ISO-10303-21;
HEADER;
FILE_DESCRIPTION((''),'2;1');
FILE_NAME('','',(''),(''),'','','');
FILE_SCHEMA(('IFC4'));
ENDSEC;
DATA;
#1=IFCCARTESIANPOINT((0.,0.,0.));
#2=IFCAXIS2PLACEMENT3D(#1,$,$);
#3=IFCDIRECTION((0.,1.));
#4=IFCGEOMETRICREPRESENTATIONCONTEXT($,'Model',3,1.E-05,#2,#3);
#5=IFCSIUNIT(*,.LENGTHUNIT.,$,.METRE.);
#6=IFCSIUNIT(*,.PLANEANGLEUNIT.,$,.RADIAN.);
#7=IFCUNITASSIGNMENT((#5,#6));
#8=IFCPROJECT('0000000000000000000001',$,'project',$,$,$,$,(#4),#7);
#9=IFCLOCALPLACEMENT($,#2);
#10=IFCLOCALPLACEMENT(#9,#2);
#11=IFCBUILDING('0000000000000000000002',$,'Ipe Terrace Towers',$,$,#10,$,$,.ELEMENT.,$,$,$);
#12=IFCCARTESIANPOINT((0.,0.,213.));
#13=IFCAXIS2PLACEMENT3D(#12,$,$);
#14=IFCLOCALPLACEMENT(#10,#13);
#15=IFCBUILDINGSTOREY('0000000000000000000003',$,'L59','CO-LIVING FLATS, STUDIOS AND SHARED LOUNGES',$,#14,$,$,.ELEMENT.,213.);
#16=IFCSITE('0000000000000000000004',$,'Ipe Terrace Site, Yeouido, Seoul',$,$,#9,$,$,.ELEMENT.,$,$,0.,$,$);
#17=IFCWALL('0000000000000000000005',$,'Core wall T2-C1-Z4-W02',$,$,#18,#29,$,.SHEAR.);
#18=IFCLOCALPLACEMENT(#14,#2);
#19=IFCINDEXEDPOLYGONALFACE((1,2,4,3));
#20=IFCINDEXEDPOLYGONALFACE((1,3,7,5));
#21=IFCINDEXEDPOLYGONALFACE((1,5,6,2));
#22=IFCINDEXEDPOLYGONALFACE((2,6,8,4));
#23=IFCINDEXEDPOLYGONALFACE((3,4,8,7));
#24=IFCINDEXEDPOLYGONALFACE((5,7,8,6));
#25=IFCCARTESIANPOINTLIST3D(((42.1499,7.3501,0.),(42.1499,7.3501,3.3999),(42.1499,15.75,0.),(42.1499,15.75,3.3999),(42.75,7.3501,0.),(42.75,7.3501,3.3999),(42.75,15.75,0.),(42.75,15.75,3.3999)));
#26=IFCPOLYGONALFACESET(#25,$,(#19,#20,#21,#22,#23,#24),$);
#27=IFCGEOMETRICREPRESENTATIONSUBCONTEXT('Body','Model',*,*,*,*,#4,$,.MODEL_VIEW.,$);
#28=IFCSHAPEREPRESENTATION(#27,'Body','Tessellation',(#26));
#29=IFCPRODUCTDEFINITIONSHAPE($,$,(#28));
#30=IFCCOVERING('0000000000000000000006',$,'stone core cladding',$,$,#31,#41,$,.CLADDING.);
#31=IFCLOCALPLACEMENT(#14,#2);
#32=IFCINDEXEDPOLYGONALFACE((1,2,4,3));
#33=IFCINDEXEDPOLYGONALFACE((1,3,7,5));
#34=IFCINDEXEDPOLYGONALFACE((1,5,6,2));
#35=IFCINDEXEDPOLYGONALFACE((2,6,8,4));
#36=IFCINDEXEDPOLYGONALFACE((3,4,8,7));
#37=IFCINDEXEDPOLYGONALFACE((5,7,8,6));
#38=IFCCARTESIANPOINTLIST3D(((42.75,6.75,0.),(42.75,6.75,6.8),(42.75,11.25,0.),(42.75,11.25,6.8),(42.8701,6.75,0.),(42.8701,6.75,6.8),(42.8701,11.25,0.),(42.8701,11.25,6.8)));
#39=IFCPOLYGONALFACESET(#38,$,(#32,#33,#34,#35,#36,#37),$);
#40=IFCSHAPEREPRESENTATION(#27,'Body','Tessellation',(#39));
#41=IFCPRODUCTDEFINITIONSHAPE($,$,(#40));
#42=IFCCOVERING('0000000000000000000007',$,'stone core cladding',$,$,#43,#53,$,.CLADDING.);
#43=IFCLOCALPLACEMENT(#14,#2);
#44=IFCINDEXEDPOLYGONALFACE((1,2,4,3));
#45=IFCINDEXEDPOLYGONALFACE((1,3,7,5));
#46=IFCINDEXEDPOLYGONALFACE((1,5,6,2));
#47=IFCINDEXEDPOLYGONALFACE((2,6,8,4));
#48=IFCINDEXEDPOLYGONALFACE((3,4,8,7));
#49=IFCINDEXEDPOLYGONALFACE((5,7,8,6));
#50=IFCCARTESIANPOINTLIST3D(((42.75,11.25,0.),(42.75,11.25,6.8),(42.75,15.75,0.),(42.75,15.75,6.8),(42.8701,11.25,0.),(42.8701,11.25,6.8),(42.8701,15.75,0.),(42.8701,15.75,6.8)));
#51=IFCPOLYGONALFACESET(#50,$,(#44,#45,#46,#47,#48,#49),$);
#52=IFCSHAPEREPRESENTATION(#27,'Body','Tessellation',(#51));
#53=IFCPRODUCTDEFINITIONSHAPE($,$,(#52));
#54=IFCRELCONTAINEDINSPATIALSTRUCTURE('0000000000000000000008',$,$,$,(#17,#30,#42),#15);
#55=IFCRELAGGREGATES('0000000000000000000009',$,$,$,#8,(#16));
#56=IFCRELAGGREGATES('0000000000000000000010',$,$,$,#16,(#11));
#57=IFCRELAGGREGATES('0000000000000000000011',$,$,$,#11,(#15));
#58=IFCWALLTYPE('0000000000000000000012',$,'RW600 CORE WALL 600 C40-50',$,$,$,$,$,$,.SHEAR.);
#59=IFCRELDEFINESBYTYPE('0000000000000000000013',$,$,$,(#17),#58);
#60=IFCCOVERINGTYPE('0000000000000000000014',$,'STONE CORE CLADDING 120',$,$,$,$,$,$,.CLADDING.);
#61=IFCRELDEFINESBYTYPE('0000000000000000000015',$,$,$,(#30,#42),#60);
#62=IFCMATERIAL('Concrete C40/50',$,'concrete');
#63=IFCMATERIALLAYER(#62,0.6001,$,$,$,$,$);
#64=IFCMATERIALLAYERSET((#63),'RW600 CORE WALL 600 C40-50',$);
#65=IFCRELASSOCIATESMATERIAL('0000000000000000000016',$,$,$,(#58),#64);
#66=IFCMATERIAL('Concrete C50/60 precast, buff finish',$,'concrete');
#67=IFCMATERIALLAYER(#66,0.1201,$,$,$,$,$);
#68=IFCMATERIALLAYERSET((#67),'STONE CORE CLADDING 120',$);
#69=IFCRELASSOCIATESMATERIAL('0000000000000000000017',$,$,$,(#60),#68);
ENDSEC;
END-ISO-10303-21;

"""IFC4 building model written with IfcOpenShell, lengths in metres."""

from ifc_helpers import new_model, si_unit, direction, frame, frame_2d, origin, origin_2d, place, context, subcontext, project, spatial, rectangle, extrude, material, layer, layer_set, type_object, element, save


model = new_model("IFC4")

# Units and contexts
model_context = context("Model", 3, precision=1e-05, world=origin(), true_north=direction((0.0, 1.0)))
body_context = subcontext(model_context, "Body", "Model", "MODEL_VIEW")
ifc_project = project(units=[si_unit("LENGTHUNIT", "METRE"), si_unit("PLANEANGLEUNIT", "RADIAN")], contexts=[model_context])

# Site, building, storey
site_placement = place(None, origin())
site = spatial("IfcSite", under=ifc_project, at=site_placement, Name="Ipe Terrace Site, Yeouido, Seoul", CompositionType="ELEMENT", RefElevation=0.0)
building_placement = place(site_placement, origin())
building = spatial("IfcBuilding", under=site, at=building_placement, Name="Ipe Terrace Towers", CompositionType="ELEMENT")
storey_placement = place(building_placement, frame((0.0, 0.0, 213.0)))
storey = spatial("IfcBuildingStorey", under=building, at=storey_placement, Name="L59", Description="CO-LIVING FLATS, STUDIOS AND SHARED LOUNGES", CompositionType="ELEMENT", Elevation=213.0)

# Wall
ifc_material_1 = material(Name="Concrete C40/50", Category="concrete")
ifc_layer_1 = layer(ifc_material_1, 0.6001)
ifc_layer_set_1 = layer_set([ifc_layer_1], Name="RW600 CORE WALL 600 C40-50")
wall_type_1 = type_object("IfcWallType", Name="RW600 CORE WALL 600 C40-50", PredefinedType="SHEAR", material=ifc_layer_set_1)
wall_1_placement = place(storey_placement, frame((42.45, 7.3501, 0.0), z_axis=(0.0, 0.0, 1.0), x_axis=(0.0, 1.0, 0.0)))
element("IfcWall", 1, at=wall_1_placement, inside=storey, type_object=wall_type_1, Name="Core wall T2-C1-Z4-W02", PredefinedType="SHEAR", context=body_context, shape_type="SweptSolid", body=[
    extrude(rectangle(XDim=8.3999, YDim=0.6001, at=frame_2d((4.2, 0.0))), origin(), (0.0, 0.0, 1.0), 3.3999),
])

# Coverings
ifc_material_2 = material(Name="Concrete C50/60 precast, buff finish", Category="concrete")
ifc_layer_2 = layer(ifc_material_2, 0.1201)
ifc_layer_set_2 = layer_set([ifc_layer_2], Name="STONE CORE CLADDING 120")
covering_type = type_object("IfcCoveringType", Name="STONE CORE CLADDING 120", PredefinedType="CLADDING", material=ifc_layer_set_2)
for number, where, z_axis, x_axis, name in (
    (2, (42.8101, 9.0, 0.0), (0.0, 0.0, 1.0), (0.0, 1.0, 0.0), "stone core cladding"),
    (3, (42.8101, 13.5, 0.0), (0.0, 0.0, 1.0), (0.0, 1.0, 0.0), "stone core cladding"),
):
    element("IfcCovering", number, at=place(storey_placement, frame(where, z_axis=z_axis, x_axis=x_axis)), inside=storey, type_object=covering_type, Name=name, PredefinedType="CLADDING", context=body_context, shape_type="SweptSolid", body=[
        extrude(rectangle(XDim=4.5, YDim=0.1201, at=origin_2d()), origin(), (0.0, 0.0, 1.0), 6.8),
    ])

save(model, "model.ifc")
